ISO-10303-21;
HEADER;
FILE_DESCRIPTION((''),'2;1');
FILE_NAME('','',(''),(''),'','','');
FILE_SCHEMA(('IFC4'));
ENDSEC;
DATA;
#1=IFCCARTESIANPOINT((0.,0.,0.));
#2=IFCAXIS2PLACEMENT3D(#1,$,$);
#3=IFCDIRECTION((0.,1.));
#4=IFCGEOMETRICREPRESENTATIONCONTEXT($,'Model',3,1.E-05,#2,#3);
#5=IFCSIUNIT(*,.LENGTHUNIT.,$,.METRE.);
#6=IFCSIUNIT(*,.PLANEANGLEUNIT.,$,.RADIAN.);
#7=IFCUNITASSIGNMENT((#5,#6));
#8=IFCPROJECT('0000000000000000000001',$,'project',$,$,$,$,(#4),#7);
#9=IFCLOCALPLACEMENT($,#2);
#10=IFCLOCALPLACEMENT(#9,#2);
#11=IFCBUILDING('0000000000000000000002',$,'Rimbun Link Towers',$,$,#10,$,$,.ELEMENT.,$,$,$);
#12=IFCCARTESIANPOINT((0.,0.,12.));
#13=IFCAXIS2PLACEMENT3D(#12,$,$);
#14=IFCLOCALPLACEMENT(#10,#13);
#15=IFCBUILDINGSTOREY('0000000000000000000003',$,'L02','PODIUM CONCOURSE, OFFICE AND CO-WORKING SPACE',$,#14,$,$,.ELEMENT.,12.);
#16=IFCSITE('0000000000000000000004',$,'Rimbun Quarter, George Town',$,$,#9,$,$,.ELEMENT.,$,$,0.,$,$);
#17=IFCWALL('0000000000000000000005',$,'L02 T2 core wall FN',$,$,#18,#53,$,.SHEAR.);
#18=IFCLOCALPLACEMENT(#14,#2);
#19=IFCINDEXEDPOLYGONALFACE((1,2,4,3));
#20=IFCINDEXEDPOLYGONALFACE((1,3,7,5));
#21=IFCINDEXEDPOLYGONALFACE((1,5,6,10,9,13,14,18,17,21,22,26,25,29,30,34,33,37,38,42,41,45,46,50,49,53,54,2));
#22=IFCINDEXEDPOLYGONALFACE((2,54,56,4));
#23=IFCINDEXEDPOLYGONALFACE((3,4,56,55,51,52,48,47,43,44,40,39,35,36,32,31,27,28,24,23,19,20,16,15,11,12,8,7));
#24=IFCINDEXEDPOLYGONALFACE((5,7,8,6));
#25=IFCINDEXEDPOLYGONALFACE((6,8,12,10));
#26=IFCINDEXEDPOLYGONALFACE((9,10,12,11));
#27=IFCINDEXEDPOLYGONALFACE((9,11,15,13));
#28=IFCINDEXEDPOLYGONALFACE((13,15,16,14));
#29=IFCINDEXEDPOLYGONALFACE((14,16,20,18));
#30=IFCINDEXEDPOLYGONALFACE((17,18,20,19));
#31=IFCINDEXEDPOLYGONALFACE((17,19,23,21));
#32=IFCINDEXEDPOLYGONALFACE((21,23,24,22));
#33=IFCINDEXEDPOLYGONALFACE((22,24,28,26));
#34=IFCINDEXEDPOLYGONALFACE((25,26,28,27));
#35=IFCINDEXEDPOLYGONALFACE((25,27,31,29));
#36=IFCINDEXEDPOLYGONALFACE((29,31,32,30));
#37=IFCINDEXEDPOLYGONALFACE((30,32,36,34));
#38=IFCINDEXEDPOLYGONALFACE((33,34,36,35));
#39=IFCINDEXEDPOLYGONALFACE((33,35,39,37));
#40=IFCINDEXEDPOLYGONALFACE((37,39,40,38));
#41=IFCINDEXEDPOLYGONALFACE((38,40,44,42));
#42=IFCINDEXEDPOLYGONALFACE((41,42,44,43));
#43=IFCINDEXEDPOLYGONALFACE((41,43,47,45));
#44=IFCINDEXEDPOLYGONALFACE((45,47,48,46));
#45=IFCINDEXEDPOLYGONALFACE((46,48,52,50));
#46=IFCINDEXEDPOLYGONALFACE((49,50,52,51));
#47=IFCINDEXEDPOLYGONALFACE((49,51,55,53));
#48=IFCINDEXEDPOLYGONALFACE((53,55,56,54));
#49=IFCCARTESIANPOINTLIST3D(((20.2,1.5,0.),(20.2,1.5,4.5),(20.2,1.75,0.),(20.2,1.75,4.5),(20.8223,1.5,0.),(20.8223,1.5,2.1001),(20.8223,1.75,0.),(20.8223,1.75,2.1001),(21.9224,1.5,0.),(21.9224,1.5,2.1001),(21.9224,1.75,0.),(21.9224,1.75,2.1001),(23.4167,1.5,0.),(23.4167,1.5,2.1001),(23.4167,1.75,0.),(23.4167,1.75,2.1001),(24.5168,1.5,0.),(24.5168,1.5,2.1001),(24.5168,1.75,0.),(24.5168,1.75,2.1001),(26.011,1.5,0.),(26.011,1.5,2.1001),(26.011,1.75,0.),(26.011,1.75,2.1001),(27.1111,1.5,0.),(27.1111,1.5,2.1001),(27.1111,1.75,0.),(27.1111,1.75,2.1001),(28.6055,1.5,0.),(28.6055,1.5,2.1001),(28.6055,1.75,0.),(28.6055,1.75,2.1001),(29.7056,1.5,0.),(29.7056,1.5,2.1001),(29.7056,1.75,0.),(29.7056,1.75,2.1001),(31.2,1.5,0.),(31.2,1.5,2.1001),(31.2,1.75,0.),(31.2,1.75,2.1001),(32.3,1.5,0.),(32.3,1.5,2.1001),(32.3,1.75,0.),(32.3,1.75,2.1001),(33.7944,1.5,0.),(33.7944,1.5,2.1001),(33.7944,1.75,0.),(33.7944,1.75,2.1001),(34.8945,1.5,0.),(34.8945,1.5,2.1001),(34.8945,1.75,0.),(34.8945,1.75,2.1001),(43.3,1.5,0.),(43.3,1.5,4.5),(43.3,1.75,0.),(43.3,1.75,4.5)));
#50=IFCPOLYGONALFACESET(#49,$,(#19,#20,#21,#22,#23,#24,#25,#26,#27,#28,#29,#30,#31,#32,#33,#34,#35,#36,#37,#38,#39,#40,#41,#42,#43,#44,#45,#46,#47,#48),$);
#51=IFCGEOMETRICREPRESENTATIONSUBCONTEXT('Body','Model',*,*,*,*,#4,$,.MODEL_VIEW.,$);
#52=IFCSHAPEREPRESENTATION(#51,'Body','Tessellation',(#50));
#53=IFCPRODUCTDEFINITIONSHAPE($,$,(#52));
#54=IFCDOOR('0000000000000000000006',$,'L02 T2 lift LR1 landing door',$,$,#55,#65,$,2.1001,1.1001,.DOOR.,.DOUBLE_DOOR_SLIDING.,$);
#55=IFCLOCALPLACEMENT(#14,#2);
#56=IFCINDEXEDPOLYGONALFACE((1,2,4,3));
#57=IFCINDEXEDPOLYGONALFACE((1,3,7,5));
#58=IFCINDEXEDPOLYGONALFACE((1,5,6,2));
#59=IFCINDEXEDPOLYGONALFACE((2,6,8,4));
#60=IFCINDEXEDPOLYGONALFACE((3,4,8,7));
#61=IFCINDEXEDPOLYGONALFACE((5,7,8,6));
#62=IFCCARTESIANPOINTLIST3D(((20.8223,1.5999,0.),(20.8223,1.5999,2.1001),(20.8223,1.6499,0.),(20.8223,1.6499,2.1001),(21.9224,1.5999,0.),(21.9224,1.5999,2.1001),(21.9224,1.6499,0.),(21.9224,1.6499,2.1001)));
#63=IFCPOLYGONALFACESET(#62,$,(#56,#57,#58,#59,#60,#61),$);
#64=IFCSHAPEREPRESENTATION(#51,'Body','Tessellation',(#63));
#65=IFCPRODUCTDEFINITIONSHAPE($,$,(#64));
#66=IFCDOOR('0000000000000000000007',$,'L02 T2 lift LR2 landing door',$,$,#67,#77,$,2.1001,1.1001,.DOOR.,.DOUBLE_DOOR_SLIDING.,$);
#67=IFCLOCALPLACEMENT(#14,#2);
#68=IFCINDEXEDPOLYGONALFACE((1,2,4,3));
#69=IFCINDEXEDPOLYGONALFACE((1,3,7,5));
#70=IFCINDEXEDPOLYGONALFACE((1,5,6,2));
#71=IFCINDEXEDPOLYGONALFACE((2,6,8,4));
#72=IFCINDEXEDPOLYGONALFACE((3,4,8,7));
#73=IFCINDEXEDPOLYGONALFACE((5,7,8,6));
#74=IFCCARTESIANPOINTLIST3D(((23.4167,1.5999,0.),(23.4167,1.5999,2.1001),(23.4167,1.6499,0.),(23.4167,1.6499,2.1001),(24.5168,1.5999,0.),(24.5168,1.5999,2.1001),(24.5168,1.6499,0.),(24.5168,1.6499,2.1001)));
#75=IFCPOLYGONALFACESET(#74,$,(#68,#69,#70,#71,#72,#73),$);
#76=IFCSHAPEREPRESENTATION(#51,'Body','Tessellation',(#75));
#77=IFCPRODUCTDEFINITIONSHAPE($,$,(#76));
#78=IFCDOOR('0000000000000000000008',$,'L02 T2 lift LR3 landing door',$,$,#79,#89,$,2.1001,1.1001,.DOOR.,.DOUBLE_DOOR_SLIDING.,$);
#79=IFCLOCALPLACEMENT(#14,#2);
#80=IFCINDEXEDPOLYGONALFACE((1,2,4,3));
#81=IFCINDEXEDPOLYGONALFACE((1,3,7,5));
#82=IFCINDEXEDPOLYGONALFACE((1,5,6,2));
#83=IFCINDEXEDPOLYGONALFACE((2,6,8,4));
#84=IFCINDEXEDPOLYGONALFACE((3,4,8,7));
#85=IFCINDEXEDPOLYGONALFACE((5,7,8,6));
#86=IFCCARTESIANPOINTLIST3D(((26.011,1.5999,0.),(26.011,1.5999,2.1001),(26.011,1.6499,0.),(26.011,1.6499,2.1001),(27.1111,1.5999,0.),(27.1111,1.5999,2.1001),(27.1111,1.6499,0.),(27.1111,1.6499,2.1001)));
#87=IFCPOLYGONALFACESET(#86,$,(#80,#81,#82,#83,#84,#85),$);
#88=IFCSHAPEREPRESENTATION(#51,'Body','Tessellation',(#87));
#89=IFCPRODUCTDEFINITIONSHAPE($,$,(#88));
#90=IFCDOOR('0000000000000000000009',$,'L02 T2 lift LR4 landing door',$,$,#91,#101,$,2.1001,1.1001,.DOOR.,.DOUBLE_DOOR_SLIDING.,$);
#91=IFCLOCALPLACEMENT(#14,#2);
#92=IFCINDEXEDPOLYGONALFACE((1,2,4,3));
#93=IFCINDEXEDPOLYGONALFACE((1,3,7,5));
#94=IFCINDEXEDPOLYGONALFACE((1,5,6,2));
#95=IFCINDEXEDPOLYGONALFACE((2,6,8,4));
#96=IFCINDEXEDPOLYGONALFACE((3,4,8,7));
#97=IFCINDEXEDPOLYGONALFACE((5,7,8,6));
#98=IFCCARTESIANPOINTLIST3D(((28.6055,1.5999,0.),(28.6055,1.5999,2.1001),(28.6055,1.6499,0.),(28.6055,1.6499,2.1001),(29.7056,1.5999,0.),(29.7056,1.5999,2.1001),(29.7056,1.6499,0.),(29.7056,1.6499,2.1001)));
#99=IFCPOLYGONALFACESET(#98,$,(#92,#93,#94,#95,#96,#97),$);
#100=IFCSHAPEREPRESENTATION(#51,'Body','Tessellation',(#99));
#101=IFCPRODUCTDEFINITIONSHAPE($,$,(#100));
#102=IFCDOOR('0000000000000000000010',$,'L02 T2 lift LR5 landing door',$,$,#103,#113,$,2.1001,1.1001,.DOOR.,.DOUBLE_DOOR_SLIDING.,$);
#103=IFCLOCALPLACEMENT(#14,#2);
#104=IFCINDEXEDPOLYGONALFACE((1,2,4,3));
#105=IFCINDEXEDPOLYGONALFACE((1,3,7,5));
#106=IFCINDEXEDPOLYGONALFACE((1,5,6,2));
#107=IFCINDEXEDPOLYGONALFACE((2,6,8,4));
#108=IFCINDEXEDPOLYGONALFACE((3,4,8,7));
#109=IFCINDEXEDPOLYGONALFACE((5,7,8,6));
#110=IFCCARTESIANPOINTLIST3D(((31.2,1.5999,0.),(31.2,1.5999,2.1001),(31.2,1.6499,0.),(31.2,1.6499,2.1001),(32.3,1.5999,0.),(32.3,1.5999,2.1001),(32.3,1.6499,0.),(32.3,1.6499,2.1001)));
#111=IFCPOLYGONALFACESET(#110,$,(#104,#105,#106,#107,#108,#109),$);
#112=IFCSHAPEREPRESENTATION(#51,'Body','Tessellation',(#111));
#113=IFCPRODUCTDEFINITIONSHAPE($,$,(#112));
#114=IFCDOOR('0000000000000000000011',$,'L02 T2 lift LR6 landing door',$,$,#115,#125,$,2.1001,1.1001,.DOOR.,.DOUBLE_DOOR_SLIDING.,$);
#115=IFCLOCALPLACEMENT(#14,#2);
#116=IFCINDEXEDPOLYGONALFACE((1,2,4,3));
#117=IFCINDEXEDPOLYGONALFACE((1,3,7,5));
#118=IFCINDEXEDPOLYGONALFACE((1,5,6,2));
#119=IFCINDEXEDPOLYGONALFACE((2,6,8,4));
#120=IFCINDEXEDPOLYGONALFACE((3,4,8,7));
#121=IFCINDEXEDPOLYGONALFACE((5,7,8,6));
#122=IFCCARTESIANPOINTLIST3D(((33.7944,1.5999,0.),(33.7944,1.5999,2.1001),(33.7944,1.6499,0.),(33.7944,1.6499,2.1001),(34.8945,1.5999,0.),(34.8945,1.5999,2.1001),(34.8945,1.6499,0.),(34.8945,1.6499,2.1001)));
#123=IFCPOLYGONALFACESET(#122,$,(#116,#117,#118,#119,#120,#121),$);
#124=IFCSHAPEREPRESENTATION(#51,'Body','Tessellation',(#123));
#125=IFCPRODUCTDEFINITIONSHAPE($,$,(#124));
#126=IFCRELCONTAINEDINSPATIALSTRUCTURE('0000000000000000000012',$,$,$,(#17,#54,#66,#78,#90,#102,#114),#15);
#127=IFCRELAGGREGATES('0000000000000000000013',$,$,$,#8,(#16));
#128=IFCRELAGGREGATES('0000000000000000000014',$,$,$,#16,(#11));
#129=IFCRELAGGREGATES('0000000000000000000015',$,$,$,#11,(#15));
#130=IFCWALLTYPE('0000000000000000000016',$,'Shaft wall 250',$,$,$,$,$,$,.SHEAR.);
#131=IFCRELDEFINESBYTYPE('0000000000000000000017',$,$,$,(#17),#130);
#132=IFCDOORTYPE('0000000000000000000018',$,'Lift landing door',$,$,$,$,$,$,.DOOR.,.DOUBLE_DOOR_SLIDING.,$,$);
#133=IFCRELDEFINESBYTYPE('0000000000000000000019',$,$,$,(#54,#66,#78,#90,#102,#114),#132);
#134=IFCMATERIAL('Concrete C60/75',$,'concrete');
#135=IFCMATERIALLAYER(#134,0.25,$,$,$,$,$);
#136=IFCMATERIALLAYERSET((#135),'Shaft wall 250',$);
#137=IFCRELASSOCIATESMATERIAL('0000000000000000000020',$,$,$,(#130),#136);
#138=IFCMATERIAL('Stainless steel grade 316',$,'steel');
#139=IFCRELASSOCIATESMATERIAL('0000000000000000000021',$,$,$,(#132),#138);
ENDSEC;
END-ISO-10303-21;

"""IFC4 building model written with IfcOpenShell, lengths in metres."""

from ifc_helpers import new_model, si_unit, direction, frame, frame_2d, origin, place, context, subcontext, project, spatial, rectangle, extrude, material, layer, layer_set, type_object, element, fill, save


model = new_model("IFC4")

# Units and contexts
model_context = context("Model", 3, precision=1e-05, world=origin(), true_north=direction((0.0, 1.0)))
body_context = subcontext(model_context, "Body", "Model", "MODEL_VIEW")
ifc_project = project(units=[si_unit("LENGTHUNIT", "METRE"), si_unit("PLANEANGLEUNIT", "RADIAN")], contexts=[model_context])

# Site, building, storey
site_placement = place(None, origin())
site = spatial("IfcSite", under=ifc_project, at=site_placement, Name="Rimbun Quarter, George Town", CompositionType="ELEMENT", RefElevation=0.0)
building_placement = place(site_placement, origin())
building = spatial("IfcBuilding", under=site, at=building_placement, Name="Rimbun Link Towers", CompositionType="ELEMENT")
storey_placement = place(building_placement, frame((0.0, 0.0, 12.0)))
storey = spatial("IfcBuildingStorey", under=building, at=storey_placement, Name="L02", Description="PODIUM CONCOURSE, OFFICE AND CO-WORKING SPACE", CompositionType="ELEMENT", Elevation=12.0)

# Shared definitions
ifc_material_1 = material(Name="Concrete C60/75", Category="concrete")
ifc_layer_1 = layer(ifc_material_1, 0.25)
ifc_layer_set_1 = layer_set([ifc_layer_1], Name="Shaft wall 250")
wall_type_1 = type_object("IfcWallType", Name="Shaft wall 250", PredefinedType="SHEAR", material=ifc_layer_set_1)

# Wall, openings, doors
wall_1_placement = place(storey_placement, frame((20.2, 1.625, 0.0), z_axis=(0.0, 0.0, 1.0), x_axis=(1.0, 0.0, 0.0)))
wall_1 = element("IfcWall", 1, at=wall_1_placement, inside=storey, type_object=wall_type_1, Name="L02 T2 core wall FN", PredefinedType="SHEAR", context=body_context, shape_type="SweptSolid", body=[
    extrude(rectangle(XDim=23.1001, YDim=0.25, at=frame_2d((11.55, 0.0))), origin(), (0.0, 0.0, 1.0), 4.5),
])
opening_1_placement = place(wall_1_placement, frame((0.6223, 0.0, 0.0)))
opening_1 = element("IfcOpeningElement", 2, at=opening_1_placement, cuts=wall_1, PredefinedType="OPENING", context=body_context, shape_type="SweptSolid", body=[
    extrude(rectangle(XDim=1.1001, YDim=2.1001, at=frame_2d((0.55, 1.05))), frame((0.0, 0.135, 0.0), z_axis=(0.0, -1.0, 0.0), x_axis=(1.0, 0.0, 0.0)), (0.0, 0.0, 1.0), 0.27),
])
opening_2_placement = place(wall_1_placement, frame((3.2168, 0.0, 0.0)))
opening_2 = element("IfcOpeningElement", 3, at=opening_2_placement, cuts=wall_1, PredefinedType="OPENING", context=body_context, shape_type="SweptSolid", body=[
    extrude(rectangle(XDim=1.1001, YDim=2.1001, at=frame_2d((0.55, 1.05))), frame((0.0, 0.135, 0.0), z_axis=(0.0, -1.0, 0.0), x_axis=(1.0, 0.0, 0.0)), (0.0, 0.0, 1.0), 0.27),
])
opening_3_placement = place(wall_1_placement, frame((5.811, 0.0, 0.0)))
opening_3 = element("IfcOpeningElement", 4, at=opening_3_placement, cuts=wall_1, PredefinedType="OPENING", context=body_context, shape_type="SweptSolid", body=[
    extrude(rectangle(XDim=1.1001, YDim=2.1001, at=frame_2d((0.55, 1.05))), frame((0.0, 0.135, 0.0), z_axis=(0.0, -1.0, 0.0), x_axis=(1.0, 0.0, 0.0)), (0.0, 0.0, 1.0), 0.27),
])
opening_4_placement = place(wall_1_placement, frame((8.4055, 0.0, 0.0)))
opening_4 = element("IfcOpeningElement", 5, at=opening_4_placement, cuts=wall_1, PredefinedType="OPENING", context=body_context, shape_type="SweptSolid", body=[
    extrude(rectangle(XDim=1.1001, YDim=2.1001, at=frame_2d((0.55, 1.05))), frame((0.0, 0.135, 0.0), z_axis=(0.0, -1.0, 0.0), x_axis=(1.0, 0.0, 0.0)), (0.0, 0.0, 1.0), 0.27),
])
opening_5_placement = place(wall_1_placement, frame((11.0, 0.0, 0.0)))
opening_5 = element("IfcOpeningElement", 6, at=opening_5_placement, cuts=wall_1, PredefinedType="OPENING", context=body_context, shape_type="SweptSolid", body=[
    extrude(rectangle(XDim=1.1001, YDim=2.1001, at=frame_2d((0.55, 1.05))), frame((0.0, 0.135, 0.0), z_axis=(0.0, -1.0, 0.0), x_axis=(1.0, 0.0, 0.0)), (0.0, 0.0, 1.0), 0.27),
])
opening_6_placement = place(wall_1_placement, frame((13.5945, 0.0, 0.0)))
opening_6 = element("IfcOpeningElement", 7, at=opening_6_placement, cuts=wall_1, PredefinedType="OPENING", context=body_context, shape_type="SweptSolid", body=[
    extrude(rectangle(XDim=1.1001, YDim=2.1001, at=frame_2d((0.55, 1.05))), frame((0.0, 0.135, 0.0), z_axis=(0.0, -1.0, 0.0), x_axis=(1.0, 0.0, 0.0)), (0.0, 0.0, 1.0), 0.27),
])
ifc_material_2 = material(Name="Stainless steel grade 316", Category="steel")
door_type_1 = type_object("IfcDoorType", Name="Lift landing door", OperationType="DOUBLE_DOOR_SLIDING", PredefinedType="DOOR", material=ifc_material_2)
door_1_placement = place(opening_1_placement, origin())
door_1 = element("IfcDoor", 8, at=door_1_placement, inside=storey, type_object=door_type_1, Name="L02 T2 lift LR1 landing door", OperationType="DOUBLE_DOOR_SLIDING", OverallHeight=2.1001, OverallWidth=1.1001, PredefinedType="DOOR", context=body_context, shape_type="SweptSolid", body=[
    extrude(rectangle(XDim=1.1001, YDim=2.1001, at=frame_2d((0.55, 1.05))), frame((0.0, 0.0249, 0.0), z_axis=(0.0, -1.0, 0.0), x_axis=(1.0, 0.0, 0.0)), (0.0, 0.0, 1.0), 0.05),
])
fill(opening_1, door_1)
door_2_placement = place(opening_2_placement, origin())
door_2 = element("IfcDoor", 9, at=door_2_placement, inside=storey, type_object=door_type_1, Name="L02 T2 lift LR2 landing door", OperationType="DOUBLE_DOOR_SLIDING", OverallHeight=2.1001, OverallWidth=1.1001, PredefinedType="DOOR", context=body_context, shape_type="SweptSolid", body=[
    extrude(rectangle(XDim=1.1001, YDim=2.1001, at=frame_2d((0.55, 1.05))), frame((0.0, 0.0249, 0.0), z_axis=(0.0, -1.0, 0.0), x_axis=(1.0, 0.0, 0.0)), (0.0, 0.0, 1.0), 0.05),
])
fill(opening_2, door_2)
door_3_placement = place(opening_3_placement, origin())
door_3 = element("IfcDoor", 10, at=door_3_placement, inside=storey, type_object=door_type_1, Name="L02 T2 lift LR3 landing door", OperationType="DOUBLE_DOOR_SLIDING", OverallHeight=2.1001, OverallWidth=1.1001, PredefinedType="DOOR", context=body_context, shape_type="SweptSolid", body=[
    extrude(rectangle(XDim=1.1001, YDim=2.1001, at=frame_2d((0.55, 1.05))), frame((0.0, 0.0249, 0.0), z_axis=(0.0, -1.0, 0.0), x_axis=(1.0, 0.0, 0.0)), (0.0, 0.0, 1.0), 0.05),
])
fill(opening_3, door_3)
door_4_placement = place(opening_4_placement, origin())
door_4 = element("IfcDoor", 11, at=door_4_placement, inside=storey, type_object=door_type_1, Name="L02 T2 lift LR4 landing door", OperationType="DOUBLE_DOOR_SLIDING", OverallHeight=2.1001, OverallWidth=1.1001, PredefinedType="DOOR", context=body_context, shape_type="SweptSolid", body=[
    extrude(rectangle(XDim=1.1001, YDim=2.1001, at=frame_2d((0.55, 1.05))), frame((0.0, 0.0249, 0.0), z_axis=(0.0, -1.0, 0.0), x_axis=(1.0, 0.0, 0.0)), (0.0, 0.0, 1.0), 0.05),
])
fill(opening_4, door_4)
door_5_placement = place(opening_5_placement, origin())
door_5 = element("IfcDoor", 12, at=door_5_placement, inside=storey, type_object=door_type_1, Name="L02 T2 lift LR5 landing door", OperationType="DOUBLE_DOOR_SLIDING", OverallHeight=2.1001, OverallWidth=1.1001, PredefinedType="DOOR", context=body_context, shape_type="SweptSolid", body=[
    extrude(rectangle(XDim=1.1001, YDim=2.1001, at=frame_2d((0.55, 1.05))), frame((0.0, 0.0249, 0.0), z_axis=(0.0, -1.0, 0.0), x_axis=(1.0, 0.0, 0.0)), (0.0, 0.0, 1.0), 0.05),
])
fill(opening_5, door_5)
door_6_placement = place(opening_6_placement, origin())
door_6 = element("IfcDoor", 13, at=door_6_placement, inside=storey, type_object=door_type_1, Name="L02 T2 lift LR6 landing door", OperationType="DOUBLE_DOOR_SLIDING", OverallHeight=2.1001, OverallWidth=1.1001, PredefinedType="DOOR", context=body_context, shape_type="SweptSolid", body=[
    extrude(rectangle(XDim=1.1001, YDim=2.1001, at=frame_2d((0.55, 1.05))), frame((0.0, 0.0249, 0.0), z_axis=(0.0, -1.0, 0.0), x_axis=(1.0, 0.0, 0.0)), (0.0, 0.0, 1.0), 0.05),
])
fill(opening_6, door_6)

save(model, "model.ifc")
